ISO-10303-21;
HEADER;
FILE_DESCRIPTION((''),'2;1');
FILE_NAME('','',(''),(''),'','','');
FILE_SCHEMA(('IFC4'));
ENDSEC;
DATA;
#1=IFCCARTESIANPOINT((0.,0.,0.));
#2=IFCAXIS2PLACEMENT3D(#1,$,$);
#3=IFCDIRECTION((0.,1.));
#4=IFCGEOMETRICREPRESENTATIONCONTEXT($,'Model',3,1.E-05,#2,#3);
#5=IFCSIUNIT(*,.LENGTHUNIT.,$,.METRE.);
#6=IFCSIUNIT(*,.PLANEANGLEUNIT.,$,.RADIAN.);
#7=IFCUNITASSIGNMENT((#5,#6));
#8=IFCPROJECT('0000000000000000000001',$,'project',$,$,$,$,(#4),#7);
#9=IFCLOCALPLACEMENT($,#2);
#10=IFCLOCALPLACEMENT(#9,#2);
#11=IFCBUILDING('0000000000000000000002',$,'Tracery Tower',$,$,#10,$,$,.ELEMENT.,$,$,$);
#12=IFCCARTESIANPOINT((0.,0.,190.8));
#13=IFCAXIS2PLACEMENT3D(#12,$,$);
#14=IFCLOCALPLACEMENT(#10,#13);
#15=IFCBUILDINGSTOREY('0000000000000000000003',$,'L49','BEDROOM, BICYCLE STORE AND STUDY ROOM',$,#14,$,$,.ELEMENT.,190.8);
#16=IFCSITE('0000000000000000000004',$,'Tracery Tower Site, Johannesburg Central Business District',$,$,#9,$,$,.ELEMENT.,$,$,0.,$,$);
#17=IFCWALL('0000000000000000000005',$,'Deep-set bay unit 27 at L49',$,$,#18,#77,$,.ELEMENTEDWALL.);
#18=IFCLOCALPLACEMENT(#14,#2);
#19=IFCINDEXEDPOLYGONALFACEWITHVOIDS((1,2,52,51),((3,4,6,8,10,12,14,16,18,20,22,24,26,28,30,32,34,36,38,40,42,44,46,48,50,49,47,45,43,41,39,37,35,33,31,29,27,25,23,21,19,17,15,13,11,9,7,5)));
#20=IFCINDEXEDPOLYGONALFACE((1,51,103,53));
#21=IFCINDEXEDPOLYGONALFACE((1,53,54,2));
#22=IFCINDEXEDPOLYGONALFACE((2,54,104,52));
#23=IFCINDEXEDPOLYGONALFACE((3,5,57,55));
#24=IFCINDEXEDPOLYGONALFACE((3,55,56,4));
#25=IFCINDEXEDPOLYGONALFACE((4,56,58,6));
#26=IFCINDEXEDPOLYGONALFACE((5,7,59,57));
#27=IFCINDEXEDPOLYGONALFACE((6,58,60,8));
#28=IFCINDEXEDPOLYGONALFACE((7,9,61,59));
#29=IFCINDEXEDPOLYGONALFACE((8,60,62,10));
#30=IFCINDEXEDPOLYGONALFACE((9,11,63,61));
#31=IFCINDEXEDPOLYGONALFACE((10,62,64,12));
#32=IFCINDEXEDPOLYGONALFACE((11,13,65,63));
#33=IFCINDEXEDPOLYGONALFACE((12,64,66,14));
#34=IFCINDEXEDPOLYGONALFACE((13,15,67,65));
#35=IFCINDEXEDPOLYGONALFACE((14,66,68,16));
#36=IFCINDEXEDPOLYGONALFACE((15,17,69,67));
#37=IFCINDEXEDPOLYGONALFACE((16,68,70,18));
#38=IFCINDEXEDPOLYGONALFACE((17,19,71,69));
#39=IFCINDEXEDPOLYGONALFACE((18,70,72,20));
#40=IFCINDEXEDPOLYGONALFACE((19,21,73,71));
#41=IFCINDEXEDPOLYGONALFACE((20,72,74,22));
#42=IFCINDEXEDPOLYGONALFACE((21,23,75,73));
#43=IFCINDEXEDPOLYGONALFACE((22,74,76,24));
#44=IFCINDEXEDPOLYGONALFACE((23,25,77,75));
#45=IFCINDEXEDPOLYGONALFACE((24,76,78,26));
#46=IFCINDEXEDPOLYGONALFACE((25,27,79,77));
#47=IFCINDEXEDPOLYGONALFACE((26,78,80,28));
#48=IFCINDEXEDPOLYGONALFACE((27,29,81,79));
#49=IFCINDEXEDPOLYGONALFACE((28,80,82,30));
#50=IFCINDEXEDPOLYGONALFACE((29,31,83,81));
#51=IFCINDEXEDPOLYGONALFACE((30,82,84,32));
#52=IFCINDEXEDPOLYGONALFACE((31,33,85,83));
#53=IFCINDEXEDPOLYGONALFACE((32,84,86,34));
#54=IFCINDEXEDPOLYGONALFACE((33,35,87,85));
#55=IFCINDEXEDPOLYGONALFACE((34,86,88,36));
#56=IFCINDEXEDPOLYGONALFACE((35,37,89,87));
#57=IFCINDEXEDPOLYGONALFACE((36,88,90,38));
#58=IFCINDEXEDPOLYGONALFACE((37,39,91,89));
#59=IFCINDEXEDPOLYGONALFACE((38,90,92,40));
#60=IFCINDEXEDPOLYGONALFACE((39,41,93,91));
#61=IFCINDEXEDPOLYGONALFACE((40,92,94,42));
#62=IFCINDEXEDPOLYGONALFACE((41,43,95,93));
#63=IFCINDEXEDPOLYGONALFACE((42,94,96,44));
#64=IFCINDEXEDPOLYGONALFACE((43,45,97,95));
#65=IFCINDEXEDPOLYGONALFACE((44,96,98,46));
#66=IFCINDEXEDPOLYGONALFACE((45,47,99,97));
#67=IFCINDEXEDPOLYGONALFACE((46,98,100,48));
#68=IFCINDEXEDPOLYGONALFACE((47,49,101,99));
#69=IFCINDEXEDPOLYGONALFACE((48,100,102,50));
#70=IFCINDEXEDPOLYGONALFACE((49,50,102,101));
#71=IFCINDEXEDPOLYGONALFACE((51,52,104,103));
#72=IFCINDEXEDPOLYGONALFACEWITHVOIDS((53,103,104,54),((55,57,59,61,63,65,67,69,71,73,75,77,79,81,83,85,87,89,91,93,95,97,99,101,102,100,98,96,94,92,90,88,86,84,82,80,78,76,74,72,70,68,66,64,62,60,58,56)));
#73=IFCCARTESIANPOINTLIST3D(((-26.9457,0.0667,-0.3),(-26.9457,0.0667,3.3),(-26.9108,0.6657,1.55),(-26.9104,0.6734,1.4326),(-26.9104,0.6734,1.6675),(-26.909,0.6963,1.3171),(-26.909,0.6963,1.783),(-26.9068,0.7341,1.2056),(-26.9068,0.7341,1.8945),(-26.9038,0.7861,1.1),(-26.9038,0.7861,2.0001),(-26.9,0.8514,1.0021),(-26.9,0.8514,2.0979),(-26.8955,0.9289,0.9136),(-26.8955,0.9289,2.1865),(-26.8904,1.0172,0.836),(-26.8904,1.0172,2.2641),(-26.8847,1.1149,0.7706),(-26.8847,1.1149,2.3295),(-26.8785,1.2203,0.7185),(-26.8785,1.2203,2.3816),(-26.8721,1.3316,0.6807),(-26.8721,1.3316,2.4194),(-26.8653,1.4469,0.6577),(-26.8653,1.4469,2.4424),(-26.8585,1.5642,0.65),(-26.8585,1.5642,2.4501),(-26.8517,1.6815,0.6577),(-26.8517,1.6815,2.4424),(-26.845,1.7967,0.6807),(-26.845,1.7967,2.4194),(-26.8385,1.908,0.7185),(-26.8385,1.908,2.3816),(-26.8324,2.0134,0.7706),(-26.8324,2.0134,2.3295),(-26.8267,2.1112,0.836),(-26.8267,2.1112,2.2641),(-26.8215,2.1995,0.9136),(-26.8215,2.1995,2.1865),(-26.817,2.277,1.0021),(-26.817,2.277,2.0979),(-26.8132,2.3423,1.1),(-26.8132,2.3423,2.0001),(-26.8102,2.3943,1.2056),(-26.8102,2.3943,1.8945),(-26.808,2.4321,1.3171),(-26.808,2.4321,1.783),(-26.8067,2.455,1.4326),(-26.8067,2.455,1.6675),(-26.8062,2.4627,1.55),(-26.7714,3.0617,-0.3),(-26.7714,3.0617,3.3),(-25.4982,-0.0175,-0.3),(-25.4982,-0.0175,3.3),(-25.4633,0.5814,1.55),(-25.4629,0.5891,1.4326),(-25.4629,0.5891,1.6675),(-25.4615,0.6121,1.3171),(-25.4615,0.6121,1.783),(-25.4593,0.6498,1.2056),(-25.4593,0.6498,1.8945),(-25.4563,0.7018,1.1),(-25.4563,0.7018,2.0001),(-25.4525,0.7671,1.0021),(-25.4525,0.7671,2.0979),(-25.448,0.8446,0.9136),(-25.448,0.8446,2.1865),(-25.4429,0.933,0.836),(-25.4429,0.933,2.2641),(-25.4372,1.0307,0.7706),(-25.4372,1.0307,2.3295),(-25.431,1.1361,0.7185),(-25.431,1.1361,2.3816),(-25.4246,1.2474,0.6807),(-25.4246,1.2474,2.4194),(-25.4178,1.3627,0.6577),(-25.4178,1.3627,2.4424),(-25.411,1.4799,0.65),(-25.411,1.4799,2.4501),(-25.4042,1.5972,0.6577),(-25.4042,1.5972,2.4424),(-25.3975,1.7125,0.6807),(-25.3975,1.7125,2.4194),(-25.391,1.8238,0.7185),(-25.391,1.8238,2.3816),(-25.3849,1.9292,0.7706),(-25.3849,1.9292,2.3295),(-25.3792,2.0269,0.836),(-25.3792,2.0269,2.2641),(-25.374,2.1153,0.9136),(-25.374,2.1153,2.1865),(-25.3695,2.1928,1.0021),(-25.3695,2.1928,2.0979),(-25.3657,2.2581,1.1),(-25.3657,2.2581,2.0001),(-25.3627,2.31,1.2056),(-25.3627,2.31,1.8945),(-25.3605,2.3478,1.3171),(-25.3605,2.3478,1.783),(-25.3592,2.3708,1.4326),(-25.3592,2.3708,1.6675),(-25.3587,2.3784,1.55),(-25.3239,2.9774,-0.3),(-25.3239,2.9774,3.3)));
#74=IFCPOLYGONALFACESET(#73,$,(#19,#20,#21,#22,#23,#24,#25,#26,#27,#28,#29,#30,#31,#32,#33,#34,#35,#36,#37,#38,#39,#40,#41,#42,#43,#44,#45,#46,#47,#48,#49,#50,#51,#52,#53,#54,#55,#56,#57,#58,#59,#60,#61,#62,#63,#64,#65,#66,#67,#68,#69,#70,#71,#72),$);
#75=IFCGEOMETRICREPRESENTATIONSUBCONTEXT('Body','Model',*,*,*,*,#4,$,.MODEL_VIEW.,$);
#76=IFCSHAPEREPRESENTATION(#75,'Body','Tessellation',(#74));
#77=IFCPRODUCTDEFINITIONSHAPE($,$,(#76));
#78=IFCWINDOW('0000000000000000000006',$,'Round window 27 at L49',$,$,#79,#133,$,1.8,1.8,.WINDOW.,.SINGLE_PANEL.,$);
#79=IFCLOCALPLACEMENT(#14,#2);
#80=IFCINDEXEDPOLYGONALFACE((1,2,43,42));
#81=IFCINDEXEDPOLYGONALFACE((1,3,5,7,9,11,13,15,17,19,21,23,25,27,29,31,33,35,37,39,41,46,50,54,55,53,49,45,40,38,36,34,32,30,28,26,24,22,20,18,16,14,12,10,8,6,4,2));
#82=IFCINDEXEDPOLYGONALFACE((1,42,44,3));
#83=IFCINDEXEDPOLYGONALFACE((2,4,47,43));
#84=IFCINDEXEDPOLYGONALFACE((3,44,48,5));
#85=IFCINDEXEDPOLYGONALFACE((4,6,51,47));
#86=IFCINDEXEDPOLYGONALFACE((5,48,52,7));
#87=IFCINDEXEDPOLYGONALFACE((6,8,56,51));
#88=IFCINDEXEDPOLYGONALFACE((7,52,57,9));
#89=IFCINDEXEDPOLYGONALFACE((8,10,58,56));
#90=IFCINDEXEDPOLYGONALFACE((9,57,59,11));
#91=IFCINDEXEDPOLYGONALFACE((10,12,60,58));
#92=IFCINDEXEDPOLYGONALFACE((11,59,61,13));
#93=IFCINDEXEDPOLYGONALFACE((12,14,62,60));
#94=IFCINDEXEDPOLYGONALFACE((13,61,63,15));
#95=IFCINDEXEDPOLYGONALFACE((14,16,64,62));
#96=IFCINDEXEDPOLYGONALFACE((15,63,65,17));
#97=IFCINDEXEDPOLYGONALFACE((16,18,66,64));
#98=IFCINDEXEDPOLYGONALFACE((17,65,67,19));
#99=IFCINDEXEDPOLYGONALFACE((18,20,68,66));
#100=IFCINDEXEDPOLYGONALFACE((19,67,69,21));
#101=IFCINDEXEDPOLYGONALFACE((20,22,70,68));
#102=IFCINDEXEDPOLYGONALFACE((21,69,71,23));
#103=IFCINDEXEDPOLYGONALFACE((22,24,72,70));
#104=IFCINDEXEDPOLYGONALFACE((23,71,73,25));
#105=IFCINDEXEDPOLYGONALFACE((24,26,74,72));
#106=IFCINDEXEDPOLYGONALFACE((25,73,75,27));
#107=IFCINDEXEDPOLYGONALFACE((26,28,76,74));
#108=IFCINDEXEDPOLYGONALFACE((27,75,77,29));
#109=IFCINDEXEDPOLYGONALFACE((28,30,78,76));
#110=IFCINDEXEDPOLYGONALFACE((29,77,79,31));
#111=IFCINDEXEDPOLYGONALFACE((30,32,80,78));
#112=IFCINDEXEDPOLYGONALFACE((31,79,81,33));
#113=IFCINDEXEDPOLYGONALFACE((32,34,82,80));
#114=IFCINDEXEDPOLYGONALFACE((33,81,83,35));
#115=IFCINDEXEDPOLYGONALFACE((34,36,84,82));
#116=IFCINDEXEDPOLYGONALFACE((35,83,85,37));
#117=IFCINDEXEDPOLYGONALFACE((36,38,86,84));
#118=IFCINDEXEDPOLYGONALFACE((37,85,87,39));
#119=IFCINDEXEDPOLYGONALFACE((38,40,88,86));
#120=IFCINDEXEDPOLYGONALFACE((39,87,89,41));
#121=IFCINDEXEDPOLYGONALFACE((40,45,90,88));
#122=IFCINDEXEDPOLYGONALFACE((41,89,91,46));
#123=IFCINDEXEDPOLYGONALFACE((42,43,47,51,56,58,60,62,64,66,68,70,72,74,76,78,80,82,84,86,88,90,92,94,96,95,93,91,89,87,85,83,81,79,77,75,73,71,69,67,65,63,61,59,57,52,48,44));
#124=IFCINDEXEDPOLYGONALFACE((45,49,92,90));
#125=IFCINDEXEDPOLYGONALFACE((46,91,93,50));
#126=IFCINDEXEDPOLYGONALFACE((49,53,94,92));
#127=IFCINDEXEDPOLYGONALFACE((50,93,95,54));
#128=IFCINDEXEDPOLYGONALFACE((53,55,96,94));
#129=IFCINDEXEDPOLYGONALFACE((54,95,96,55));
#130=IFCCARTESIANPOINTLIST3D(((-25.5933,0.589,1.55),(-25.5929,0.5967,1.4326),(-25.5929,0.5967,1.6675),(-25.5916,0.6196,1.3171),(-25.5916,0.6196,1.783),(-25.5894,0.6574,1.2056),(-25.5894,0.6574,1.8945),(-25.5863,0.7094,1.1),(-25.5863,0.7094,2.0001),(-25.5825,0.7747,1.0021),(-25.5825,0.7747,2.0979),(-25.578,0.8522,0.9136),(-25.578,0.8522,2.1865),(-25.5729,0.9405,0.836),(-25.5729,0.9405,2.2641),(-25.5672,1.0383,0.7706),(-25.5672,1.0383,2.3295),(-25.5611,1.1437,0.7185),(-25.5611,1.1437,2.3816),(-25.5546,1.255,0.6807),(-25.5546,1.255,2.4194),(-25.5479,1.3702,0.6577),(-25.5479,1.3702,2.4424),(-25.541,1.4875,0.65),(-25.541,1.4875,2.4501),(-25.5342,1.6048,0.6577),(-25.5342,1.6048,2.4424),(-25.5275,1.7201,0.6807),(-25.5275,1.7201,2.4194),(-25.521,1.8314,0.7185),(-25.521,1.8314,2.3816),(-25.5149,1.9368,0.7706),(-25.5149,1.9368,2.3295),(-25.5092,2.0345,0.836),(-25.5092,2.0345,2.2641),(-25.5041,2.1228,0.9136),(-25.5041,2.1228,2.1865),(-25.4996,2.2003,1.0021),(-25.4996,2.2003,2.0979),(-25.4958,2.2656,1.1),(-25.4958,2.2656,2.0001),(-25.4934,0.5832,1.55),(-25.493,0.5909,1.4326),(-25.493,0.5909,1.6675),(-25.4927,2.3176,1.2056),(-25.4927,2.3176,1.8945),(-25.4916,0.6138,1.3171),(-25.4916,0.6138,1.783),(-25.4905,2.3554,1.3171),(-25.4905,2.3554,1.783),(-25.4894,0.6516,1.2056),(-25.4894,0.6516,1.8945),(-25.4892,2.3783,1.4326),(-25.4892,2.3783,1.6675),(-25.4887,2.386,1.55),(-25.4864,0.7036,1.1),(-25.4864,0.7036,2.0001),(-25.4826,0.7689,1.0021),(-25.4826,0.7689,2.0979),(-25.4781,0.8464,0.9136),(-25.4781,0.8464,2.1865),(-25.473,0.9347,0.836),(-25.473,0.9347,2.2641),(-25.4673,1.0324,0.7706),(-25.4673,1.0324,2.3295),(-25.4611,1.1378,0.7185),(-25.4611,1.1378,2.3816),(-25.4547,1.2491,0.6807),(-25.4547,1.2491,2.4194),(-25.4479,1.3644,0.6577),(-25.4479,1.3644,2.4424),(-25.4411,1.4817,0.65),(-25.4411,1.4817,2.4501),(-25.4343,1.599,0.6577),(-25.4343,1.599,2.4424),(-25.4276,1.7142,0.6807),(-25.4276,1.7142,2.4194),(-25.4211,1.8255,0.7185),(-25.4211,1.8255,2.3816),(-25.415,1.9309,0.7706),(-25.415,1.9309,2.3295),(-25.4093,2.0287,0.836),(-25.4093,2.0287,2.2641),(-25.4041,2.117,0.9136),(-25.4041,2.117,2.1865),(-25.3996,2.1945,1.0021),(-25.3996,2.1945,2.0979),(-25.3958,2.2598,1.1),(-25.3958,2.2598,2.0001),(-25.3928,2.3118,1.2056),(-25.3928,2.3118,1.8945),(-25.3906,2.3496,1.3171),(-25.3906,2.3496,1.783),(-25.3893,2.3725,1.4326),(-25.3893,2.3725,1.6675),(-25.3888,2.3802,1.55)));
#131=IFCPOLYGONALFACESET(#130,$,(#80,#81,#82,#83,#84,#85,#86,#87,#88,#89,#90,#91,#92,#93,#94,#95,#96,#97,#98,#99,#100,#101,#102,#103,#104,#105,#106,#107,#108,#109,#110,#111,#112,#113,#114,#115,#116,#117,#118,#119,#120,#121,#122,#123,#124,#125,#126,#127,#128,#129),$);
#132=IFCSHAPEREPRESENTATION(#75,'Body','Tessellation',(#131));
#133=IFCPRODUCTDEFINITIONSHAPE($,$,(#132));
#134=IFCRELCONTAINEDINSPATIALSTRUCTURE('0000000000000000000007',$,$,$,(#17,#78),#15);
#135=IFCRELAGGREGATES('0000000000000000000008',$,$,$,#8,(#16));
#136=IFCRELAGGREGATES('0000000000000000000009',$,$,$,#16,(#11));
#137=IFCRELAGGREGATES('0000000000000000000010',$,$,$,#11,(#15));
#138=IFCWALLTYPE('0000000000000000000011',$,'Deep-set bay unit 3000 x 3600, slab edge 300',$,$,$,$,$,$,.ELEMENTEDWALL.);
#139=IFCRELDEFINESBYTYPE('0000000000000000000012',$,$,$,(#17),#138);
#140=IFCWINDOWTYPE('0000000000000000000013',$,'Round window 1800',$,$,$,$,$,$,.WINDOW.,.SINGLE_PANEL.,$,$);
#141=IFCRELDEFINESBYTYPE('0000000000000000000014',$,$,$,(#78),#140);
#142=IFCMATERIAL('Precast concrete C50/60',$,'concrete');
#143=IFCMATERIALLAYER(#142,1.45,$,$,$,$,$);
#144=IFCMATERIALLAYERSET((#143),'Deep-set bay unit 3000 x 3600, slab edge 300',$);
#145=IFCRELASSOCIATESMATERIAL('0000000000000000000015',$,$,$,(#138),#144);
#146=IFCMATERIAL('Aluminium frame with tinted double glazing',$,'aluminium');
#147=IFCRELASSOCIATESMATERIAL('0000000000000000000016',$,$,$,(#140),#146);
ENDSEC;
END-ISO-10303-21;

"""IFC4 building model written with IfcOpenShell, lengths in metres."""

from ifc_helpers import new_model, si_unit, direction, frame, frame_2d, origin, origin_2d, place, context, subcontext, project, spatial, rectangle, circle, extrude, material, layer, layer_set, type_object, element, fill, save


model = new_model("IFC4")

# Units and contexts
model_context = context("Model", 3, precision=1e-05, world=origin(), true_north=direction((0.0, 1.0)))
body_context = subcontext(model_context, "Body", "Model", "MODEL_VIEW")
ifc_project = project(units=[si_unit("LENGTHUNIT", "METRE"), si_unit("PLANEANGLEUNIT", "RADIAN")], contexts=[model_context])

# Site, building, storey
site_placement = place(None, origin())
site = spatial("IfcSite", under=ifc_project, at=site_placement, Name="Tracery Tower Site, Johannesburg Central Business District", CompositionType="ELEMENT", RefElevation=0.0)
building_placement = place(site_placement, origin())
building = spatial("IfcBuilding", under=site, at=building_placement, Name="Tracery Tower", CompositionType="ELEMENT")
storey_placement = place(building_placement, frame((0.0, 0.0, 190.8)))
storey = spatial("IfcBuildingStorey", under=building, at=storey_placement, Name="L49", Description="BEDROOM, BICYCLE STORE AND STUDY ROOM", CompositionType="ELEMENT", Elevation=190.8)

# Wall, opening, window
ifc_material_1 = material(Name="Precast concrete C50/60", Category="concrete")
ifc_layer_1 = layer(ifc_material_1, 1.45)
ifc_layer_set_1 = layer_set([ifc_layer_1], Name="Deep-set bay unit 3000 x 3600, slab edge 300")
wall_type_1 = type_object("IfcWallType", Name="Deep-set bay unit 3000 x 3600, slab edge 300", PredefinedType="ELEMENTEDWALL", material=ifc_layer_set_1)
wall_1_placement = place(storey_placement, frame((-26.0476, 3.0195, -0.3), z_axis=(0.0, 0.0, 1.0), x_axis=(-0.058107, -0.99831, 0.0)))
wall_1 = element("IfcWall", 1, at=wall_1_placement, inside=storey, type_object=wall_type_1, Name="Deep-set bay unit 27 at L49", PredefinedType="ELEMENTEDWALL", context=body_context, shape_type="SweptSolid", body=[
    extrude(rectangle(XDim=3.0, YDim=1.45, at=frame_2d((1.5, 0.0))), origin(), (0.0, 0.0, 1.0), 3.6001),
])
opening_1_placement = place(wall_1_placement, frame((1.5, 0.0, 1.8501)))
opening_1 = element("IfcOpeningElement", 2, at=opening_1_placement, cuts=wall_1, PredefinedType="OPENING", context=body_context, shape_type="SweptSolid", body=[
    extrude(circle(Radius=0.9, at=origin_2d()), frame((0.0, 0.7349, 0.0), z_axis=(0.0, -1.0, 0.0), x_axis=(1.0, 0.0, 0.0)), (0.0, 0.0, 1.0), 1.47),
])
ifc_material_2 = material(Name="Aluminium frame with tinted double glazing", Category="aluminium")
window_type = type_object("IfcWindowType", Name="Round window 1800", PartitioningType="SINGLE_PANEL", PredefinedType="WINDOW", material=ifc_material_2)
window_1_placement = place(opening_1_placement, origin())
window_1 = element("IfcWindow", 3, at=window_1_placement, inside=storey, type_object=window_type, Name="Round window 27 at L49", OverallHeight=1.8, OverallWidth=1.8, PartitioningType="SINGLE_PANEL", PredefinedType="WINDOW", context=body_context, shape_type="SweptSolid", body=[
    extrude(circle(Radius=0.9, at=origin_2d()), frame((0.0, 0.6948, 0.0), z_axis=(0.0, -1.0, 0.0), x_axis=(1.0, 0.0, 0.0)), (0.0, 0.0, 1.0), 0.1001),
])
fill(opening_1, window_1)

save(model, "model.ifc")
